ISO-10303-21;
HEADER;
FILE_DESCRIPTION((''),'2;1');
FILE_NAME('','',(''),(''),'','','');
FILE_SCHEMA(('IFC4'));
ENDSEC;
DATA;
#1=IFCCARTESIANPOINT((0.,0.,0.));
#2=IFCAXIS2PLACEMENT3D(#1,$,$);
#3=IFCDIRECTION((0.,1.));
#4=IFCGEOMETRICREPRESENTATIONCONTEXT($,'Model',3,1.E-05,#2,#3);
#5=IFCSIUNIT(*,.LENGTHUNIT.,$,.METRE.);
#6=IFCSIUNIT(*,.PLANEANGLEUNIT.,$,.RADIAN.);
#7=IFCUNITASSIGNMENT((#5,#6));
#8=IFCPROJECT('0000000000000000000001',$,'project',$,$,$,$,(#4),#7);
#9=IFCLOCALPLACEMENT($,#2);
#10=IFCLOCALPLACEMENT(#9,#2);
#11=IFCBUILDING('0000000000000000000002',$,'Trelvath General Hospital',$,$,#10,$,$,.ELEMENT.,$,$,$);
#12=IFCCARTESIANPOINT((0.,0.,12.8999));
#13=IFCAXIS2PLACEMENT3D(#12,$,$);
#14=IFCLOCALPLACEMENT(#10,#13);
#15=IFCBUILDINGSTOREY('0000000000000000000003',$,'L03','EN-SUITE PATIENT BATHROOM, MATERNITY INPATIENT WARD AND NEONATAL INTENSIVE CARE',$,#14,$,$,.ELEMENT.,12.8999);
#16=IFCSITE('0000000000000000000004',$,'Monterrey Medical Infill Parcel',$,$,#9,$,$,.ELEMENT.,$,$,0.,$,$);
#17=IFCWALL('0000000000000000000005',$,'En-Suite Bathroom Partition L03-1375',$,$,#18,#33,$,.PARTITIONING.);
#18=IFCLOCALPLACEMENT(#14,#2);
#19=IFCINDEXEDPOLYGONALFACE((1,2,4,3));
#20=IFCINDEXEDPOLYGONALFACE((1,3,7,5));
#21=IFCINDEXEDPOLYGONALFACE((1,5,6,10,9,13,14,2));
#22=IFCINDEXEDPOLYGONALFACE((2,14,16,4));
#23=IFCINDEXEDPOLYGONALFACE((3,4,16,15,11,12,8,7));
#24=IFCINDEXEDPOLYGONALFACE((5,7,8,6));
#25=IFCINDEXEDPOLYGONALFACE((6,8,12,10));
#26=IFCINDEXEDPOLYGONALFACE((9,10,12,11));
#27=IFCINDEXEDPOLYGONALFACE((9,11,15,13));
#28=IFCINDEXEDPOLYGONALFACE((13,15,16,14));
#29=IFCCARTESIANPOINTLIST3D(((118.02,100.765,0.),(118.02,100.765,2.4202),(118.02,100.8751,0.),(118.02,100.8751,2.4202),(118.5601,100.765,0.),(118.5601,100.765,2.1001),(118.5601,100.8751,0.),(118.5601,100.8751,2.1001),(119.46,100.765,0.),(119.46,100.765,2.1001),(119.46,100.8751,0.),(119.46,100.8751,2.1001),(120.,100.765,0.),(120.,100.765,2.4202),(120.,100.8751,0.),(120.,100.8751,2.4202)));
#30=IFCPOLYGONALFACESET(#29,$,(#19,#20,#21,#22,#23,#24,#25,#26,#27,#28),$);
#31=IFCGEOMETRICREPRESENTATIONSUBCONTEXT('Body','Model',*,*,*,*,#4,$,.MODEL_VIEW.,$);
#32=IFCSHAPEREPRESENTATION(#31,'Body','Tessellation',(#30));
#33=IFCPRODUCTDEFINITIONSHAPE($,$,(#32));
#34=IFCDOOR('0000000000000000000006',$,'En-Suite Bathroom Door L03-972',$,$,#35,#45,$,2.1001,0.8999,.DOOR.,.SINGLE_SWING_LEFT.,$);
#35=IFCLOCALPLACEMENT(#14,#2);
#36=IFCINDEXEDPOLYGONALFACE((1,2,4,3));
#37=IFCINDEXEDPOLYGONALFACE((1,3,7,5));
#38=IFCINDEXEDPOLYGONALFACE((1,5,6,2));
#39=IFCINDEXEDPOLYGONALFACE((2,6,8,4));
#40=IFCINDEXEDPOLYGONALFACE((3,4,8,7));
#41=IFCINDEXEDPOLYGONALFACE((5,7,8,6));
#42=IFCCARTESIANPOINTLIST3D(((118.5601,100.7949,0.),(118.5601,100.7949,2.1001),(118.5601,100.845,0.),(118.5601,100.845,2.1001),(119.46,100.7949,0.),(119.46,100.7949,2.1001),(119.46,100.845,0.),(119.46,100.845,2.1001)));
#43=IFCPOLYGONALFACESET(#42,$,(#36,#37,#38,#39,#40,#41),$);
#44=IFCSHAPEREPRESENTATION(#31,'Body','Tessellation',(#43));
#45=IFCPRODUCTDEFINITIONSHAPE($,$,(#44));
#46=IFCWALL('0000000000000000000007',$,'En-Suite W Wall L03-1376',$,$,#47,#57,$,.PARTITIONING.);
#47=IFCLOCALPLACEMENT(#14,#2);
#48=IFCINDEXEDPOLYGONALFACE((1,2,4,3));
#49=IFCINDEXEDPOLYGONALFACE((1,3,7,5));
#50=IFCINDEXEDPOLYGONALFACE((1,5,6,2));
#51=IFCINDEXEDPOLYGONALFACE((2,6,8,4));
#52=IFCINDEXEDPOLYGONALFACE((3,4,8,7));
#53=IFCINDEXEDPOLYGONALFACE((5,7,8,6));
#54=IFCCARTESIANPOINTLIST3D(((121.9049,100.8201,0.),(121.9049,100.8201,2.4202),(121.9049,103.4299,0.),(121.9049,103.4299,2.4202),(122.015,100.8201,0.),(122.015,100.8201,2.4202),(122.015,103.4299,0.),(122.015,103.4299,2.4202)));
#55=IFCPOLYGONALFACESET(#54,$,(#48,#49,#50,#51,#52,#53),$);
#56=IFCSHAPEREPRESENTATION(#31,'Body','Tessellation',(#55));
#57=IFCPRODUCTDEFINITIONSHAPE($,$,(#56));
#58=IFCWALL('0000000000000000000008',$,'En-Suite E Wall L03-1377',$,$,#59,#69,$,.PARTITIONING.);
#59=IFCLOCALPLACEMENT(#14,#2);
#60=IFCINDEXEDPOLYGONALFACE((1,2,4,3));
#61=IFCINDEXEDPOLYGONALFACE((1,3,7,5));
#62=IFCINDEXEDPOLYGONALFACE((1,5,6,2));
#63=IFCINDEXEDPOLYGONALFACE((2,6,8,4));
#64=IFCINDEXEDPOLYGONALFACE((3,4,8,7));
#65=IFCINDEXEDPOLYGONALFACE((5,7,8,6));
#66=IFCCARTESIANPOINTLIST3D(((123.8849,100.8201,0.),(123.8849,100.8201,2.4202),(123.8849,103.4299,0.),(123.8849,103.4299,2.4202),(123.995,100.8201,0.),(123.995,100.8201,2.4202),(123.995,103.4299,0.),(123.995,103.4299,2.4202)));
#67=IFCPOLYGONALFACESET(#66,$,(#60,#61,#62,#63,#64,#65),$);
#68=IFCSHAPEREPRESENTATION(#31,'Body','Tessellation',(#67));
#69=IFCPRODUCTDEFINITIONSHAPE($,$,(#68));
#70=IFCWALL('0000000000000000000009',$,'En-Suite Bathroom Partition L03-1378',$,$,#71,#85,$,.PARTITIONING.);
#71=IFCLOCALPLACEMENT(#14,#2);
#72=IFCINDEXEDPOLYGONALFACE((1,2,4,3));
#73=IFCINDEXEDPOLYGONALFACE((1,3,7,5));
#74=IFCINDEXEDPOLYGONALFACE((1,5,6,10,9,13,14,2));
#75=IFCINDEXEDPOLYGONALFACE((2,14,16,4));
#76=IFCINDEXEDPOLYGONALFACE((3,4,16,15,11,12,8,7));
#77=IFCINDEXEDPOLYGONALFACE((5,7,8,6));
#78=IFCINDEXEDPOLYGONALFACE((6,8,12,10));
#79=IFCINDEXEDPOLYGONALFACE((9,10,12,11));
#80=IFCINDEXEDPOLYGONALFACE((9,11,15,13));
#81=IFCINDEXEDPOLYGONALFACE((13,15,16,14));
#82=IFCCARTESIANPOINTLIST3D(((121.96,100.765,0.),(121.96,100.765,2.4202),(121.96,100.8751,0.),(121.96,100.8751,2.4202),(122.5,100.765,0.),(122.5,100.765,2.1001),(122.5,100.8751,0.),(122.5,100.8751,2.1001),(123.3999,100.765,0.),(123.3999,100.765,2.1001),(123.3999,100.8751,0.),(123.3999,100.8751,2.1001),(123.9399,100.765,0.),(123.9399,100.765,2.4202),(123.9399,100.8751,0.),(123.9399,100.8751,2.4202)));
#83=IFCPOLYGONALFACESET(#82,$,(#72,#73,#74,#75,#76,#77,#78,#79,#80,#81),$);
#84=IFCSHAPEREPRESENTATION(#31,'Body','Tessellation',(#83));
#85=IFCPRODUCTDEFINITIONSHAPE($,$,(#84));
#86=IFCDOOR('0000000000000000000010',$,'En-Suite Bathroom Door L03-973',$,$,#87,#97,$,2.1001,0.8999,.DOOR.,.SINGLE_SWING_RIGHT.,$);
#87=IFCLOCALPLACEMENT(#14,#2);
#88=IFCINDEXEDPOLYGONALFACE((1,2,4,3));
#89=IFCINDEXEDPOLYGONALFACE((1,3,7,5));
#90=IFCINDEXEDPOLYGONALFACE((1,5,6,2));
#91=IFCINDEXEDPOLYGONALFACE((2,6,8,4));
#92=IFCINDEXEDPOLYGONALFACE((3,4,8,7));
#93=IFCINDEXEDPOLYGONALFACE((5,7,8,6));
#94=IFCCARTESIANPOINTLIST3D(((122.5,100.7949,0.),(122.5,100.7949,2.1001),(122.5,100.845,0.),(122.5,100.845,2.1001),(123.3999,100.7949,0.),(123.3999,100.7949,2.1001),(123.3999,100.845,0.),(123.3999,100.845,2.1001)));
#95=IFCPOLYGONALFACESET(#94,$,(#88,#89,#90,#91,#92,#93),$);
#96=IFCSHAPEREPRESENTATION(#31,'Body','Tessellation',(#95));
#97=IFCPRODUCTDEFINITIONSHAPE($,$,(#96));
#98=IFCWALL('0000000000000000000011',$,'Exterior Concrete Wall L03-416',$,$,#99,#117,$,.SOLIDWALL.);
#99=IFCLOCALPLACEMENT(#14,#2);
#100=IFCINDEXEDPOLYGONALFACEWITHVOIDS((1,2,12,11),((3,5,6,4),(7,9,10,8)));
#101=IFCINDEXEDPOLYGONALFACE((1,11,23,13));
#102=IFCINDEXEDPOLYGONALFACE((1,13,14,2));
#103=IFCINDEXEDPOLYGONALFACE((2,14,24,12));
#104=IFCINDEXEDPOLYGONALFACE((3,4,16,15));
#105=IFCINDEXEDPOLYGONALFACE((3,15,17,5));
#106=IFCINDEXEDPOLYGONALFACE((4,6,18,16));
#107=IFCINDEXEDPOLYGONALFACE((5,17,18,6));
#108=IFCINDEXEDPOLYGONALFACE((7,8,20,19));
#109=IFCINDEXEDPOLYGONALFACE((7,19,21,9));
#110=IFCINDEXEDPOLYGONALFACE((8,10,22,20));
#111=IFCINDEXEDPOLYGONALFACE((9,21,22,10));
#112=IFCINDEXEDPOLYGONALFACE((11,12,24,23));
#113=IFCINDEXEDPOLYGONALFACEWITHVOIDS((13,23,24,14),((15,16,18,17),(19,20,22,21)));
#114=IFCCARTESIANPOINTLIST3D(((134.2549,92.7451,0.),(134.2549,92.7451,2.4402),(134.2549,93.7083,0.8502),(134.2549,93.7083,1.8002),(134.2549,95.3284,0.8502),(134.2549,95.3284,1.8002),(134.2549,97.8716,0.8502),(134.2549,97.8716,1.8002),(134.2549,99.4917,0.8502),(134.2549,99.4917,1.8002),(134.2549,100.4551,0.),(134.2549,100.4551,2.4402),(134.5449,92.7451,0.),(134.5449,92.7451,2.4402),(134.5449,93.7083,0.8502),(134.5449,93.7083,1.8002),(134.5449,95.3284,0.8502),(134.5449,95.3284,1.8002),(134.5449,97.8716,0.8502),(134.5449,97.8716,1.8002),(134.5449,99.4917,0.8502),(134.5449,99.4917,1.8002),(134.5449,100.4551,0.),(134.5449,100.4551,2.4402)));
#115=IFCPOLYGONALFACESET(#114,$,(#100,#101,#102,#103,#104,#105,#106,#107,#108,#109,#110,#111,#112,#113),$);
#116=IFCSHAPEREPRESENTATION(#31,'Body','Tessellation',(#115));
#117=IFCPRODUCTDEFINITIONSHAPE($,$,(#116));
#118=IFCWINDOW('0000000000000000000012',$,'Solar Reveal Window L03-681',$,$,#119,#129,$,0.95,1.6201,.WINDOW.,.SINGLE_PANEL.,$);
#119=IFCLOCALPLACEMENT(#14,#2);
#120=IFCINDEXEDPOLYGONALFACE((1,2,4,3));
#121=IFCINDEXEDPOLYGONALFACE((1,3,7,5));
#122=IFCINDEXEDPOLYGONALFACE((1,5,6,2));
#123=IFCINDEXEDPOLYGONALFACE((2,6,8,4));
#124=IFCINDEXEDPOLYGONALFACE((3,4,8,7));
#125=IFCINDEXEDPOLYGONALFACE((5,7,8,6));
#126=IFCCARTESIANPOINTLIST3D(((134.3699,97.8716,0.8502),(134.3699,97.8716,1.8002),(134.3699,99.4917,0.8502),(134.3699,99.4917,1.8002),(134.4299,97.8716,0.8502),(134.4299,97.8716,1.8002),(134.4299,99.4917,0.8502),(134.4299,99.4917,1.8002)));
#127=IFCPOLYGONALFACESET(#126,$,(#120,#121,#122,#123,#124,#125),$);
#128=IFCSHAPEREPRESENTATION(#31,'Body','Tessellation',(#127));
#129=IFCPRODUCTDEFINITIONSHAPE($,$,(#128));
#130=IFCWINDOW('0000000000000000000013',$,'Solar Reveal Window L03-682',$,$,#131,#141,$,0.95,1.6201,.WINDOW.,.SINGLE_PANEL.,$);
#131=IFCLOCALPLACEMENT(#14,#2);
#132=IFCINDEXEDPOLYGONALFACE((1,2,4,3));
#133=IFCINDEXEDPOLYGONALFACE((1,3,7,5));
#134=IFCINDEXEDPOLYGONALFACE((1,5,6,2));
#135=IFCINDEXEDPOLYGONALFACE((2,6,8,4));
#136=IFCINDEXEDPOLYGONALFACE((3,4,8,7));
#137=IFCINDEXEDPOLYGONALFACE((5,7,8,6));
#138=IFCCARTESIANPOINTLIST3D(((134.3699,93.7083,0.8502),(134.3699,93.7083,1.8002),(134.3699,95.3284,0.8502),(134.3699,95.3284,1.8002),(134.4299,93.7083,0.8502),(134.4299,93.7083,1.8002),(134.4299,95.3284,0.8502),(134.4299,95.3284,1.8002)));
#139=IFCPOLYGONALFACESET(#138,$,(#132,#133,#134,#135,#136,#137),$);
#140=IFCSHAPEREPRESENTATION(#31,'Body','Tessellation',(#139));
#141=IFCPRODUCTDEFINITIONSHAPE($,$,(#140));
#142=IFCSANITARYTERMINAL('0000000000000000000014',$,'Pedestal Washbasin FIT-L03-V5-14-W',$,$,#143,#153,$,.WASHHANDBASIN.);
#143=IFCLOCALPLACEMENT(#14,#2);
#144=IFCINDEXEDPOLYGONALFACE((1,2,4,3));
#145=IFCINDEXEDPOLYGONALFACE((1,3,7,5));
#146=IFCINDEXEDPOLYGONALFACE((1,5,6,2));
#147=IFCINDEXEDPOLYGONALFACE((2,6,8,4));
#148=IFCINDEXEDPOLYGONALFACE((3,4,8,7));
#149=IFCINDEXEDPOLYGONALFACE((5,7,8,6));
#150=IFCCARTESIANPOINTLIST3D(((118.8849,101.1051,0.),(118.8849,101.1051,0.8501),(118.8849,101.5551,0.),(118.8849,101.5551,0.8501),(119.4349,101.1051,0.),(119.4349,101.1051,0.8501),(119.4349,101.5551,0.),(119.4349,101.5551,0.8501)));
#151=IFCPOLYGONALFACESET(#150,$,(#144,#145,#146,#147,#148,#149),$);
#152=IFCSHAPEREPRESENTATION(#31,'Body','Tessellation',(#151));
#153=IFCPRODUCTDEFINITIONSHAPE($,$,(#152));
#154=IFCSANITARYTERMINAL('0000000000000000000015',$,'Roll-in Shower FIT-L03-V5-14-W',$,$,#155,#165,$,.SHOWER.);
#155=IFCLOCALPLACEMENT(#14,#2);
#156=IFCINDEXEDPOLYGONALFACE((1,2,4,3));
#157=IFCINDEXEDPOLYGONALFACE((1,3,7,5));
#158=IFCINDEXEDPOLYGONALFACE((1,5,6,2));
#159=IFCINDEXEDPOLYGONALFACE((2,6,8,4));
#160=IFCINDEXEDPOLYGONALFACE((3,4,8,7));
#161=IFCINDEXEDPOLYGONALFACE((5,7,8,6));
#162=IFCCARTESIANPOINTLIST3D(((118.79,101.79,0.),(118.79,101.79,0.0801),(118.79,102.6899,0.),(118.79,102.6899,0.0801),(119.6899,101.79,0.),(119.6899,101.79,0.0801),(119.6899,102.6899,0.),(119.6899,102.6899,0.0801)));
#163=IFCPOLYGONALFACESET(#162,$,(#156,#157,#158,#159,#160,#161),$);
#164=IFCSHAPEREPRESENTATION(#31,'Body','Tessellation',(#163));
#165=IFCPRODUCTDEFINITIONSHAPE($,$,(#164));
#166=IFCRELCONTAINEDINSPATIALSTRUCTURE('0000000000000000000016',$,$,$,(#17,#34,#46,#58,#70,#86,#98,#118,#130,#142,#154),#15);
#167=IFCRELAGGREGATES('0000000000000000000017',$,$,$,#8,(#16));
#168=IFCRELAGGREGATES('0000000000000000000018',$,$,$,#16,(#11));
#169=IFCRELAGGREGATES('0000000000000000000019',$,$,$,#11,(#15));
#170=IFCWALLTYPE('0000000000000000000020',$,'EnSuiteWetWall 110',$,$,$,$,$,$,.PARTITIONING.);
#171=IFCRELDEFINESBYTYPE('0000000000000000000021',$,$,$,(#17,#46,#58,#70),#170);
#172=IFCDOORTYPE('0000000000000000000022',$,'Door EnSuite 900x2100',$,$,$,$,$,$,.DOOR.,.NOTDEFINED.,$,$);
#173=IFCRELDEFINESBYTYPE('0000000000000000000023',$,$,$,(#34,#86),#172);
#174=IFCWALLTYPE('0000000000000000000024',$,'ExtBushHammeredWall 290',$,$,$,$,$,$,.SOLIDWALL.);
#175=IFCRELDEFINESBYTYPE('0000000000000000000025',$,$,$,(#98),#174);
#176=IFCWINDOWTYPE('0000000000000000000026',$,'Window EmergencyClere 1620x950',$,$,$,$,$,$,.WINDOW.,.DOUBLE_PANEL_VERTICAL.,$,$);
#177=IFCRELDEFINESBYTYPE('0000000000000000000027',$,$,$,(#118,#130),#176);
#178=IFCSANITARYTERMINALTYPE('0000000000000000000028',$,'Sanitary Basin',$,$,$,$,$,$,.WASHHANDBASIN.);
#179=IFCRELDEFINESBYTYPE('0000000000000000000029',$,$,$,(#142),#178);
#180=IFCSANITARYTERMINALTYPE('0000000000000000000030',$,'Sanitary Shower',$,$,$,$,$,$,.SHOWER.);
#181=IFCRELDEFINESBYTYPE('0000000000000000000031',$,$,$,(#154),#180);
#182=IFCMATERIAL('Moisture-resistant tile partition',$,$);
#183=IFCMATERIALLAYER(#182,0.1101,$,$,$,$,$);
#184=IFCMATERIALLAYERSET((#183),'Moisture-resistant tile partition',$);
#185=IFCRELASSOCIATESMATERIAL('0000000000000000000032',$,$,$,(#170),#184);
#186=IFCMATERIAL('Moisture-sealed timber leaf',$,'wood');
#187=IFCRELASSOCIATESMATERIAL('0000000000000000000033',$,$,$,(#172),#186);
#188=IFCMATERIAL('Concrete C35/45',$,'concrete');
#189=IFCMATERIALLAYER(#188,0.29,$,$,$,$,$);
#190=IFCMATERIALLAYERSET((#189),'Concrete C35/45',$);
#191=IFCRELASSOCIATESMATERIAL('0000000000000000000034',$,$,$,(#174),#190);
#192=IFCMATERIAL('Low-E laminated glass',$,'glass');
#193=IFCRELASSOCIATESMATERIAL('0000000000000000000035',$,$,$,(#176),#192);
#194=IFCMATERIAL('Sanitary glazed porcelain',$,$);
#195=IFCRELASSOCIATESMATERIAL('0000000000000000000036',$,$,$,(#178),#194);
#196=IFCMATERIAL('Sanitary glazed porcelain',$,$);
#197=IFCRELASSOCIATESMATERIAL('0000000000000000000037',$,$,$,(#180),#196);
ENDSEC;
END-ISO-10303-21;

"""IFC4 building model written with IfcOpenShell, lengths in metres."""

from ifc_helpers import new_model, si_unit, direction, frame, frame_2d, origin, origin_2d, place, context, subcontext, project, spatial, rectangle, extrude, material, layer, layer_set, type_object, element, fill, save


model = new_model("IFC4")

# Units and contexts
model_context = context("Model", 3, precision=1e-05, world=origin(), true_north=direction((0.0, 1.0)))
body_context = subcontext(model_context, "Body", "Model", "MODEL_VIEW")
ifc_project = project(units=[si_unit("LENGTHUNIT", "METRE"), si_unit("PLANEANGLEUNIT", "RADIAN")], contexts=[model_context])

# Site, building, storey
site_placement = place(None, origin())
site = spatial("IfcSite", under=ifc_project, at=site_placement, Name="Monterrey Medical Infill Parcel", CompositionType="ELEMENT", RefElevation=0.0)
building_placement = place(site_placement, origin())
building = spatial("IfcBuilding", under=site, at=building_placement, Name="Trelvath General Hospital", CompositionType="ELEMENT")
storey_placement = place(building_placement, frame((0.0, 0.0, 12.8999)))
storey = spatial("IfcBuildingStorey", under=building, at=storey_placement, Name="L03", Description="EN-SUITE PATIENT BATHROOM, MATERNITY INPATIENT WARD AND NEONATAL INTENSIVE CARE", CompositionType="ELEMENT", Elevation=12.8999)

# Shared definitions
ifc_material_1 = material(Name="Moisture-resistant tile partition")
ifc_layer_1 = layer(ifc_material_1, 0.1101)
ifc_layer_set_1 = layer_set([ifc_layer_1], Name="Moisture-resistant tile partition")
wall_type_1 = type_object("IfcWallType", Name="EnSuiteWetWall 110", PredefinedType="PARTITIONING", material=ifc_layer_set_1)

# Wall, opening, door
wall_1_placement = place(storey_placement, frame((118.02, 100.8201, 0.0), z_axis=(0.0, 0.0, 1.0), x_axis=(1.0, 0.0, 0.0)))
wall_1 = element("IfcWall", 1, at=wall_1_placement, inside=storey, type_object=wall_type_1, Name="En-Suite Bathroom Partition L03-1375", PredefinedType="PARTITIONING", context=body_context, shape_type="SweptSolid", body=[
    extrude(rectangle(XDim=1.98, YDim=0.1101, at=frame_2d((0.99, 0.0))), origin(), (0.0, 0.0, 1.0), 2.4202),
])
opening_1_placement = place(wall_1_placement, frame((0.54, 0.0, 0.0)))
opening_1 = element("IfcOpeningElement", 2, at=opening_1_placement, cuts=wall_1, PredefinedType="OPENING", context=body_context, shape_type="SweptSolid", body=[
    extrude(rectangle(XDim=0.8999, YDim=2.1001, at=frame_2d((0.45, 1.05))), frame((0.0, 0.0649, 0.0), z_axis=(0.0, -1.0, 0.0), x_axis=(1.0, 0.0, 0.0)), (0.0, 0.0, 1.0), 0.1301),
])
ifc_material_2 = material(Name="Moisture-sealed timber leaf", Category="wood")
door_type = type_object("IfcDoorType", Name="Door EnSuite 900x2100", OperationType="NOTDEFINED", PredefinedType="DOOR", material=ifc_material_2)
door_1_placement = place(opening_1_placement, origin())
door_1 = element("IfcDoor", 3, at=door_1_placement, inside=storey, type_object=door_type, Name="En-Suite Bathroom Door L03-972", OperationType="SINGLE_SWING_LEFT", OverallHeight=2.1001, OverallWidth=0.8999, PredefinedType="DOOR", context=body_context, shape_type="SweptSolid", body=[
    extrude(rectangle(XDim=0.8999, YDim=2.1001, at=frame_2d((0.45, 1.05))), frame((0.0, 0.0249, 0.0), z_axis=(0.0, -1.0, 0.0), x_axis=(1.0, 0.0, 0.0)), (0.0, 0.0, 1.0), 0.05),
])
fill(opening_1, door_1)

# Walls
for number, where, z_axis, x_axis, name in (
    (4, (121.96, 100.8201, 0.0), (0.0, 0.0, 1.0), (0.0, 1.0, 0.0), "En-Suite W Wall L03-1376"),
    (5, (123.9399, 100.8201, 0.0), (0.0, 0.0, 1.0), (0.0, 1.0, 0.0), "En-Suite E Wall L03-1377"),
):
    element("IfcWall", number, at=place(storey_placement, frame(where, z_axis=z_axis, x_axis=x_axis)), inside=storey, type_object=wall_type_1, Name=name, PredefinedType="PARTITIONING", context=body_context, shape_type="SweptSolid", body=[
        extrude(rectangle(XDim=2.6099, YDim=0.1101, at=frame_2d((1.3049, 0.0))), origin(), (0.0, 0.0, 1.0), 2.4202),
    ])

# Wall, opening, door
wall_2_placement = place(storey_placement, frame((121.96, 100.8201, 0.0), z_axis=(0.0, 0.0, 1.0), x_axis=(1.0, 0.0, 0.0)))
wall_2 = element("IfcWall", 6, at=wall_2_placement, inside=storey, type_object=wall_type_1, Name="En-Suite Bathroom Partition L03-1378", PredefinedType="PARTITIONING", context=body_context, shape_type="SweptSolid", body=[
    extrude(rectangle(XDim=1.98, YDim=0.1101, at=frame_2d((0.99, 0.0))), origin(), (0.0, 0.0, 1.0), 2.4202),
])
opening_2_placement = place(wall_2_placement, frame((0.54, 0.0, 0.0)))
opening_2 = element("IfcOpeningElement", 7, at=opening_2_placement, cuts=wall_2, PredefinedType="OPENING", context=body_context, shape_type="SweptSolid", body=[
    extrude(rectangle(XDim=0.8999, YDim=2.1001, at=frame_2d((0.45, 1.05))), frame((0.0, 0.0649, 0.0), z_axis=(0.0, -1.0, 0.0), x_axis=(1.0, 0.0, 0.0)), (0.0, 0.0, 1.0), 0.1301),
])
door_2_placement = place(opening_2_placement, origin())
door_2 = element("IfcDoor", 8, at=door_2_placement, inside=storey, type_object=door_type, Name="En-Suite Bathroom Door L03-973", OperationType="SINGLE_SWING_RIGHT", OverallHeight=2.1001, OverallWidth=0.8999, PredefinedType="DOOR", context=body_context, shape_type="SweptSolid", body=[
    extrude(rectangle(XDim=0.8999, YDim=2.1001, at=frame_2d((0.45, 1.05))), frame((0.0, 0.0249, 0.0), z_axis=(0.0, -1.0, 0.0), x_axis=(1.0, 0.0, 0.0)), (0.0, 0.0, 1.0), 0.05),
])
fill(opening_2, door_2)

# Wall, openings, windows
ifc_material_3 = material(Name="Concrete C35/45", Category="concrete")
ifc_layer_2 = layer(ifc_material_3, 0.29)
ifc_layer_set_2 = layer_set([ifc_layer_2], Name="Concrete C35/45")
wall_type_2 = type_object("IfcWallType", Name="ExtBushHammeredWall 290", PredefinedType="SOLIDWALL", material=ifc_layer_set_2)
wall_3_placement = place(storey_placement, frame((134.3999, 100.4551, 0.0), z_axis=(0.0, 0.0, 1.0), x_axis=(0.0, -1.0, 0.0)))
wall_3 = element("IfcWall", 9, at=wall_3_placement, inside=storey, type_object=wall_type_2, Name="Exterior Concrete Wall L03-416", PredefinedType="SOLIDWALL", context=body_context, shape_type="SweptSolid", body=[
    extrude(rectangle(XDim=7.71, YDim=0.29, at=frame_2d((3.855, 0.0))), origin(), (0.0, 0.0, 1.0), 2.4402),
])
opening_3_placement = place(wall_3_placement, frame((0.9634, 0.0, 0.8501)))
opening_3 = element("IfcOpeningElement", 10, at=opening_3_placement, cuts=wall_3, PredefinedType="OPENING", context=body_context, shape_type="SweptSolid", body=[
    extrude(rectangle(XDim=1.6201, YDim=0.95, at=frame_2d((0.8101, 0.4751))), frame((0.0, 0.155, 0.0), z_axis=(0.0, -1.0, 0.0), x_axis=(1.0, 0.0, 0.0)), (0.0, 0.0, 1.0), 0.3101),
])
opening_4_placement = place(wall_3_placement, frame((5.1267, 0.0, 0.8501)))
opening_4 = element("IfcOpeningElement", 11, at=opening_4_placement, cuts=wall_3, PredefinedType="OPENING", context=body_context, shape_type="SweptSolid", body=[
    extrude(rectangle(XDim=1.6201, YDim=0.95, at=frame_2d((0.8101, 0.4751))), frame((0.0, 0.155, 0.0), z_axis=(0.0, -1.0, 0.0), x_axis=(1.0, 0.0, 0.0)), (0.0, 0.0, 1.0), 0.3101),
])
ifc_material_4 = material(Name="Low-E laminated glass", Category="glass")
window_type = type_object("IfcWindowType", Name="Window EmergencyClere 1620x950", PartitioningType="DOUBLE_PANEL_VERTICAL", PredefinedType="WINDOW", material=ifc_material_4)
window_1_placement = place(opening_3_placement, origin())
window_1 = element("IfcWindow", 12, at=window_1_placement, inside=storey, type_object=window_type, Name="Solar Reveal Window L03-681", OverallHeight=0.95, OverallWidth=1.6201, PartitioningType="SINGLE_PANEL", PredefinedType="WINDOW", context=body_context, shape_type="SweptSolid", body=[
    extrude(rectangle(XDim=1.6201, YDim=0.95, at=frame_2d((0.8101, 0.4751))), frame((0.0, 0.03, 0.0), z_axis=(0.0, -1.0, 0.0), x_axis=(1.0, 0.0, 0.0)), (0.0, 0.0, 1.0), 0.0601),
])
fill(opening_3, window_1)
window_2_placement = place(opening_4_placement, origin())
window_2 = element("IfcWindow", 13, at=window_2_placement, inside=storey, type_object=window_type, Name="Solar Reveal Window L03-682", OverallHeight=0.95, OverallWidth=1.6201, PartitioningType="SINGLE_PANEL", PredefinedType="WINDOW", context=body_context, shape_type="SweptSolid", body=[
    extrude(rectangle(XDim=1.6201, YDim=0.95, at=frame_2d((0.8101, 0.4751))), frame((0.0, 0.03, 0.0), z_axis=(0.0, -1.0, 0.0), x_axis=(1.0, 0.0, 0.0)), (0.0, 0.0, 1.0), 0.0601),
])
fill(opening_4, window_2)

# Sanitary terminals
ifc_material_5 = material(Name="Sanitary glazed porcelain")
sanitary_terminal_type_1 = type_object("IfcSanitaryTerminalType", Name="Sanitary Basin", PredefinedType="WASHHANDBASIN", material=ifc_material_5)
sanitary_terminal_1_placement = place(storey_placement, frame((119.1599, 101.3301, 0.0), z_axis=(0.0, 0.0, 1.0), x_axis=(1.0, 0.0, 0.0)))
element("IfcSanitaryTerminal", 14, at=sanitary_terminal_1_placement, inside=storey, type_object=sanitary_terminal_type_1, Name="Pedestal Washbasin FIT-L03-V5-14-W", PredefinedType="WASHHANDBASIN", context=body_context, shape_type="SweptSolid", body=[
    extrude(rectangle(XDim=0.55, YDim=0.45, at=origin_2d()), origin(), (0.0, 0.0, 1.0), 0.8501),
])
ifc_material_6 = material(Name="Sanitary glazed porcelain")
sanitary_terminal_type_2 = type_object("IfcSanitaryTerminalType", Name="Sanitary Shower", PredefinedType="SHOWER", material=ifc_material_6)
sanitary_terminal_2_placement = place(storey_placement, frame((119.24, 102.24, 0.0), z_axis=(0.0, 0.0, 1.0), x_axis=(1.0, 0.0, 0.0)))
element("IfcSanitaryTerminal", 15, at=sanitary_terminal_2_placement, inside=storey, type_object=sanitary_terminal_type_2, Name="Roll-in Shower FIT-L03-V5-14-W", PredefinedType="SHOWER", context=body_context, shape_type="SweptSolid", body=[
    extrude(rectangle(XDim=0.8999, YDim=0.8999, at=origin_2d()), origin(), (0.0, 0.0, 1.0), 0.0801),
])

save(model, "model.ifc")
